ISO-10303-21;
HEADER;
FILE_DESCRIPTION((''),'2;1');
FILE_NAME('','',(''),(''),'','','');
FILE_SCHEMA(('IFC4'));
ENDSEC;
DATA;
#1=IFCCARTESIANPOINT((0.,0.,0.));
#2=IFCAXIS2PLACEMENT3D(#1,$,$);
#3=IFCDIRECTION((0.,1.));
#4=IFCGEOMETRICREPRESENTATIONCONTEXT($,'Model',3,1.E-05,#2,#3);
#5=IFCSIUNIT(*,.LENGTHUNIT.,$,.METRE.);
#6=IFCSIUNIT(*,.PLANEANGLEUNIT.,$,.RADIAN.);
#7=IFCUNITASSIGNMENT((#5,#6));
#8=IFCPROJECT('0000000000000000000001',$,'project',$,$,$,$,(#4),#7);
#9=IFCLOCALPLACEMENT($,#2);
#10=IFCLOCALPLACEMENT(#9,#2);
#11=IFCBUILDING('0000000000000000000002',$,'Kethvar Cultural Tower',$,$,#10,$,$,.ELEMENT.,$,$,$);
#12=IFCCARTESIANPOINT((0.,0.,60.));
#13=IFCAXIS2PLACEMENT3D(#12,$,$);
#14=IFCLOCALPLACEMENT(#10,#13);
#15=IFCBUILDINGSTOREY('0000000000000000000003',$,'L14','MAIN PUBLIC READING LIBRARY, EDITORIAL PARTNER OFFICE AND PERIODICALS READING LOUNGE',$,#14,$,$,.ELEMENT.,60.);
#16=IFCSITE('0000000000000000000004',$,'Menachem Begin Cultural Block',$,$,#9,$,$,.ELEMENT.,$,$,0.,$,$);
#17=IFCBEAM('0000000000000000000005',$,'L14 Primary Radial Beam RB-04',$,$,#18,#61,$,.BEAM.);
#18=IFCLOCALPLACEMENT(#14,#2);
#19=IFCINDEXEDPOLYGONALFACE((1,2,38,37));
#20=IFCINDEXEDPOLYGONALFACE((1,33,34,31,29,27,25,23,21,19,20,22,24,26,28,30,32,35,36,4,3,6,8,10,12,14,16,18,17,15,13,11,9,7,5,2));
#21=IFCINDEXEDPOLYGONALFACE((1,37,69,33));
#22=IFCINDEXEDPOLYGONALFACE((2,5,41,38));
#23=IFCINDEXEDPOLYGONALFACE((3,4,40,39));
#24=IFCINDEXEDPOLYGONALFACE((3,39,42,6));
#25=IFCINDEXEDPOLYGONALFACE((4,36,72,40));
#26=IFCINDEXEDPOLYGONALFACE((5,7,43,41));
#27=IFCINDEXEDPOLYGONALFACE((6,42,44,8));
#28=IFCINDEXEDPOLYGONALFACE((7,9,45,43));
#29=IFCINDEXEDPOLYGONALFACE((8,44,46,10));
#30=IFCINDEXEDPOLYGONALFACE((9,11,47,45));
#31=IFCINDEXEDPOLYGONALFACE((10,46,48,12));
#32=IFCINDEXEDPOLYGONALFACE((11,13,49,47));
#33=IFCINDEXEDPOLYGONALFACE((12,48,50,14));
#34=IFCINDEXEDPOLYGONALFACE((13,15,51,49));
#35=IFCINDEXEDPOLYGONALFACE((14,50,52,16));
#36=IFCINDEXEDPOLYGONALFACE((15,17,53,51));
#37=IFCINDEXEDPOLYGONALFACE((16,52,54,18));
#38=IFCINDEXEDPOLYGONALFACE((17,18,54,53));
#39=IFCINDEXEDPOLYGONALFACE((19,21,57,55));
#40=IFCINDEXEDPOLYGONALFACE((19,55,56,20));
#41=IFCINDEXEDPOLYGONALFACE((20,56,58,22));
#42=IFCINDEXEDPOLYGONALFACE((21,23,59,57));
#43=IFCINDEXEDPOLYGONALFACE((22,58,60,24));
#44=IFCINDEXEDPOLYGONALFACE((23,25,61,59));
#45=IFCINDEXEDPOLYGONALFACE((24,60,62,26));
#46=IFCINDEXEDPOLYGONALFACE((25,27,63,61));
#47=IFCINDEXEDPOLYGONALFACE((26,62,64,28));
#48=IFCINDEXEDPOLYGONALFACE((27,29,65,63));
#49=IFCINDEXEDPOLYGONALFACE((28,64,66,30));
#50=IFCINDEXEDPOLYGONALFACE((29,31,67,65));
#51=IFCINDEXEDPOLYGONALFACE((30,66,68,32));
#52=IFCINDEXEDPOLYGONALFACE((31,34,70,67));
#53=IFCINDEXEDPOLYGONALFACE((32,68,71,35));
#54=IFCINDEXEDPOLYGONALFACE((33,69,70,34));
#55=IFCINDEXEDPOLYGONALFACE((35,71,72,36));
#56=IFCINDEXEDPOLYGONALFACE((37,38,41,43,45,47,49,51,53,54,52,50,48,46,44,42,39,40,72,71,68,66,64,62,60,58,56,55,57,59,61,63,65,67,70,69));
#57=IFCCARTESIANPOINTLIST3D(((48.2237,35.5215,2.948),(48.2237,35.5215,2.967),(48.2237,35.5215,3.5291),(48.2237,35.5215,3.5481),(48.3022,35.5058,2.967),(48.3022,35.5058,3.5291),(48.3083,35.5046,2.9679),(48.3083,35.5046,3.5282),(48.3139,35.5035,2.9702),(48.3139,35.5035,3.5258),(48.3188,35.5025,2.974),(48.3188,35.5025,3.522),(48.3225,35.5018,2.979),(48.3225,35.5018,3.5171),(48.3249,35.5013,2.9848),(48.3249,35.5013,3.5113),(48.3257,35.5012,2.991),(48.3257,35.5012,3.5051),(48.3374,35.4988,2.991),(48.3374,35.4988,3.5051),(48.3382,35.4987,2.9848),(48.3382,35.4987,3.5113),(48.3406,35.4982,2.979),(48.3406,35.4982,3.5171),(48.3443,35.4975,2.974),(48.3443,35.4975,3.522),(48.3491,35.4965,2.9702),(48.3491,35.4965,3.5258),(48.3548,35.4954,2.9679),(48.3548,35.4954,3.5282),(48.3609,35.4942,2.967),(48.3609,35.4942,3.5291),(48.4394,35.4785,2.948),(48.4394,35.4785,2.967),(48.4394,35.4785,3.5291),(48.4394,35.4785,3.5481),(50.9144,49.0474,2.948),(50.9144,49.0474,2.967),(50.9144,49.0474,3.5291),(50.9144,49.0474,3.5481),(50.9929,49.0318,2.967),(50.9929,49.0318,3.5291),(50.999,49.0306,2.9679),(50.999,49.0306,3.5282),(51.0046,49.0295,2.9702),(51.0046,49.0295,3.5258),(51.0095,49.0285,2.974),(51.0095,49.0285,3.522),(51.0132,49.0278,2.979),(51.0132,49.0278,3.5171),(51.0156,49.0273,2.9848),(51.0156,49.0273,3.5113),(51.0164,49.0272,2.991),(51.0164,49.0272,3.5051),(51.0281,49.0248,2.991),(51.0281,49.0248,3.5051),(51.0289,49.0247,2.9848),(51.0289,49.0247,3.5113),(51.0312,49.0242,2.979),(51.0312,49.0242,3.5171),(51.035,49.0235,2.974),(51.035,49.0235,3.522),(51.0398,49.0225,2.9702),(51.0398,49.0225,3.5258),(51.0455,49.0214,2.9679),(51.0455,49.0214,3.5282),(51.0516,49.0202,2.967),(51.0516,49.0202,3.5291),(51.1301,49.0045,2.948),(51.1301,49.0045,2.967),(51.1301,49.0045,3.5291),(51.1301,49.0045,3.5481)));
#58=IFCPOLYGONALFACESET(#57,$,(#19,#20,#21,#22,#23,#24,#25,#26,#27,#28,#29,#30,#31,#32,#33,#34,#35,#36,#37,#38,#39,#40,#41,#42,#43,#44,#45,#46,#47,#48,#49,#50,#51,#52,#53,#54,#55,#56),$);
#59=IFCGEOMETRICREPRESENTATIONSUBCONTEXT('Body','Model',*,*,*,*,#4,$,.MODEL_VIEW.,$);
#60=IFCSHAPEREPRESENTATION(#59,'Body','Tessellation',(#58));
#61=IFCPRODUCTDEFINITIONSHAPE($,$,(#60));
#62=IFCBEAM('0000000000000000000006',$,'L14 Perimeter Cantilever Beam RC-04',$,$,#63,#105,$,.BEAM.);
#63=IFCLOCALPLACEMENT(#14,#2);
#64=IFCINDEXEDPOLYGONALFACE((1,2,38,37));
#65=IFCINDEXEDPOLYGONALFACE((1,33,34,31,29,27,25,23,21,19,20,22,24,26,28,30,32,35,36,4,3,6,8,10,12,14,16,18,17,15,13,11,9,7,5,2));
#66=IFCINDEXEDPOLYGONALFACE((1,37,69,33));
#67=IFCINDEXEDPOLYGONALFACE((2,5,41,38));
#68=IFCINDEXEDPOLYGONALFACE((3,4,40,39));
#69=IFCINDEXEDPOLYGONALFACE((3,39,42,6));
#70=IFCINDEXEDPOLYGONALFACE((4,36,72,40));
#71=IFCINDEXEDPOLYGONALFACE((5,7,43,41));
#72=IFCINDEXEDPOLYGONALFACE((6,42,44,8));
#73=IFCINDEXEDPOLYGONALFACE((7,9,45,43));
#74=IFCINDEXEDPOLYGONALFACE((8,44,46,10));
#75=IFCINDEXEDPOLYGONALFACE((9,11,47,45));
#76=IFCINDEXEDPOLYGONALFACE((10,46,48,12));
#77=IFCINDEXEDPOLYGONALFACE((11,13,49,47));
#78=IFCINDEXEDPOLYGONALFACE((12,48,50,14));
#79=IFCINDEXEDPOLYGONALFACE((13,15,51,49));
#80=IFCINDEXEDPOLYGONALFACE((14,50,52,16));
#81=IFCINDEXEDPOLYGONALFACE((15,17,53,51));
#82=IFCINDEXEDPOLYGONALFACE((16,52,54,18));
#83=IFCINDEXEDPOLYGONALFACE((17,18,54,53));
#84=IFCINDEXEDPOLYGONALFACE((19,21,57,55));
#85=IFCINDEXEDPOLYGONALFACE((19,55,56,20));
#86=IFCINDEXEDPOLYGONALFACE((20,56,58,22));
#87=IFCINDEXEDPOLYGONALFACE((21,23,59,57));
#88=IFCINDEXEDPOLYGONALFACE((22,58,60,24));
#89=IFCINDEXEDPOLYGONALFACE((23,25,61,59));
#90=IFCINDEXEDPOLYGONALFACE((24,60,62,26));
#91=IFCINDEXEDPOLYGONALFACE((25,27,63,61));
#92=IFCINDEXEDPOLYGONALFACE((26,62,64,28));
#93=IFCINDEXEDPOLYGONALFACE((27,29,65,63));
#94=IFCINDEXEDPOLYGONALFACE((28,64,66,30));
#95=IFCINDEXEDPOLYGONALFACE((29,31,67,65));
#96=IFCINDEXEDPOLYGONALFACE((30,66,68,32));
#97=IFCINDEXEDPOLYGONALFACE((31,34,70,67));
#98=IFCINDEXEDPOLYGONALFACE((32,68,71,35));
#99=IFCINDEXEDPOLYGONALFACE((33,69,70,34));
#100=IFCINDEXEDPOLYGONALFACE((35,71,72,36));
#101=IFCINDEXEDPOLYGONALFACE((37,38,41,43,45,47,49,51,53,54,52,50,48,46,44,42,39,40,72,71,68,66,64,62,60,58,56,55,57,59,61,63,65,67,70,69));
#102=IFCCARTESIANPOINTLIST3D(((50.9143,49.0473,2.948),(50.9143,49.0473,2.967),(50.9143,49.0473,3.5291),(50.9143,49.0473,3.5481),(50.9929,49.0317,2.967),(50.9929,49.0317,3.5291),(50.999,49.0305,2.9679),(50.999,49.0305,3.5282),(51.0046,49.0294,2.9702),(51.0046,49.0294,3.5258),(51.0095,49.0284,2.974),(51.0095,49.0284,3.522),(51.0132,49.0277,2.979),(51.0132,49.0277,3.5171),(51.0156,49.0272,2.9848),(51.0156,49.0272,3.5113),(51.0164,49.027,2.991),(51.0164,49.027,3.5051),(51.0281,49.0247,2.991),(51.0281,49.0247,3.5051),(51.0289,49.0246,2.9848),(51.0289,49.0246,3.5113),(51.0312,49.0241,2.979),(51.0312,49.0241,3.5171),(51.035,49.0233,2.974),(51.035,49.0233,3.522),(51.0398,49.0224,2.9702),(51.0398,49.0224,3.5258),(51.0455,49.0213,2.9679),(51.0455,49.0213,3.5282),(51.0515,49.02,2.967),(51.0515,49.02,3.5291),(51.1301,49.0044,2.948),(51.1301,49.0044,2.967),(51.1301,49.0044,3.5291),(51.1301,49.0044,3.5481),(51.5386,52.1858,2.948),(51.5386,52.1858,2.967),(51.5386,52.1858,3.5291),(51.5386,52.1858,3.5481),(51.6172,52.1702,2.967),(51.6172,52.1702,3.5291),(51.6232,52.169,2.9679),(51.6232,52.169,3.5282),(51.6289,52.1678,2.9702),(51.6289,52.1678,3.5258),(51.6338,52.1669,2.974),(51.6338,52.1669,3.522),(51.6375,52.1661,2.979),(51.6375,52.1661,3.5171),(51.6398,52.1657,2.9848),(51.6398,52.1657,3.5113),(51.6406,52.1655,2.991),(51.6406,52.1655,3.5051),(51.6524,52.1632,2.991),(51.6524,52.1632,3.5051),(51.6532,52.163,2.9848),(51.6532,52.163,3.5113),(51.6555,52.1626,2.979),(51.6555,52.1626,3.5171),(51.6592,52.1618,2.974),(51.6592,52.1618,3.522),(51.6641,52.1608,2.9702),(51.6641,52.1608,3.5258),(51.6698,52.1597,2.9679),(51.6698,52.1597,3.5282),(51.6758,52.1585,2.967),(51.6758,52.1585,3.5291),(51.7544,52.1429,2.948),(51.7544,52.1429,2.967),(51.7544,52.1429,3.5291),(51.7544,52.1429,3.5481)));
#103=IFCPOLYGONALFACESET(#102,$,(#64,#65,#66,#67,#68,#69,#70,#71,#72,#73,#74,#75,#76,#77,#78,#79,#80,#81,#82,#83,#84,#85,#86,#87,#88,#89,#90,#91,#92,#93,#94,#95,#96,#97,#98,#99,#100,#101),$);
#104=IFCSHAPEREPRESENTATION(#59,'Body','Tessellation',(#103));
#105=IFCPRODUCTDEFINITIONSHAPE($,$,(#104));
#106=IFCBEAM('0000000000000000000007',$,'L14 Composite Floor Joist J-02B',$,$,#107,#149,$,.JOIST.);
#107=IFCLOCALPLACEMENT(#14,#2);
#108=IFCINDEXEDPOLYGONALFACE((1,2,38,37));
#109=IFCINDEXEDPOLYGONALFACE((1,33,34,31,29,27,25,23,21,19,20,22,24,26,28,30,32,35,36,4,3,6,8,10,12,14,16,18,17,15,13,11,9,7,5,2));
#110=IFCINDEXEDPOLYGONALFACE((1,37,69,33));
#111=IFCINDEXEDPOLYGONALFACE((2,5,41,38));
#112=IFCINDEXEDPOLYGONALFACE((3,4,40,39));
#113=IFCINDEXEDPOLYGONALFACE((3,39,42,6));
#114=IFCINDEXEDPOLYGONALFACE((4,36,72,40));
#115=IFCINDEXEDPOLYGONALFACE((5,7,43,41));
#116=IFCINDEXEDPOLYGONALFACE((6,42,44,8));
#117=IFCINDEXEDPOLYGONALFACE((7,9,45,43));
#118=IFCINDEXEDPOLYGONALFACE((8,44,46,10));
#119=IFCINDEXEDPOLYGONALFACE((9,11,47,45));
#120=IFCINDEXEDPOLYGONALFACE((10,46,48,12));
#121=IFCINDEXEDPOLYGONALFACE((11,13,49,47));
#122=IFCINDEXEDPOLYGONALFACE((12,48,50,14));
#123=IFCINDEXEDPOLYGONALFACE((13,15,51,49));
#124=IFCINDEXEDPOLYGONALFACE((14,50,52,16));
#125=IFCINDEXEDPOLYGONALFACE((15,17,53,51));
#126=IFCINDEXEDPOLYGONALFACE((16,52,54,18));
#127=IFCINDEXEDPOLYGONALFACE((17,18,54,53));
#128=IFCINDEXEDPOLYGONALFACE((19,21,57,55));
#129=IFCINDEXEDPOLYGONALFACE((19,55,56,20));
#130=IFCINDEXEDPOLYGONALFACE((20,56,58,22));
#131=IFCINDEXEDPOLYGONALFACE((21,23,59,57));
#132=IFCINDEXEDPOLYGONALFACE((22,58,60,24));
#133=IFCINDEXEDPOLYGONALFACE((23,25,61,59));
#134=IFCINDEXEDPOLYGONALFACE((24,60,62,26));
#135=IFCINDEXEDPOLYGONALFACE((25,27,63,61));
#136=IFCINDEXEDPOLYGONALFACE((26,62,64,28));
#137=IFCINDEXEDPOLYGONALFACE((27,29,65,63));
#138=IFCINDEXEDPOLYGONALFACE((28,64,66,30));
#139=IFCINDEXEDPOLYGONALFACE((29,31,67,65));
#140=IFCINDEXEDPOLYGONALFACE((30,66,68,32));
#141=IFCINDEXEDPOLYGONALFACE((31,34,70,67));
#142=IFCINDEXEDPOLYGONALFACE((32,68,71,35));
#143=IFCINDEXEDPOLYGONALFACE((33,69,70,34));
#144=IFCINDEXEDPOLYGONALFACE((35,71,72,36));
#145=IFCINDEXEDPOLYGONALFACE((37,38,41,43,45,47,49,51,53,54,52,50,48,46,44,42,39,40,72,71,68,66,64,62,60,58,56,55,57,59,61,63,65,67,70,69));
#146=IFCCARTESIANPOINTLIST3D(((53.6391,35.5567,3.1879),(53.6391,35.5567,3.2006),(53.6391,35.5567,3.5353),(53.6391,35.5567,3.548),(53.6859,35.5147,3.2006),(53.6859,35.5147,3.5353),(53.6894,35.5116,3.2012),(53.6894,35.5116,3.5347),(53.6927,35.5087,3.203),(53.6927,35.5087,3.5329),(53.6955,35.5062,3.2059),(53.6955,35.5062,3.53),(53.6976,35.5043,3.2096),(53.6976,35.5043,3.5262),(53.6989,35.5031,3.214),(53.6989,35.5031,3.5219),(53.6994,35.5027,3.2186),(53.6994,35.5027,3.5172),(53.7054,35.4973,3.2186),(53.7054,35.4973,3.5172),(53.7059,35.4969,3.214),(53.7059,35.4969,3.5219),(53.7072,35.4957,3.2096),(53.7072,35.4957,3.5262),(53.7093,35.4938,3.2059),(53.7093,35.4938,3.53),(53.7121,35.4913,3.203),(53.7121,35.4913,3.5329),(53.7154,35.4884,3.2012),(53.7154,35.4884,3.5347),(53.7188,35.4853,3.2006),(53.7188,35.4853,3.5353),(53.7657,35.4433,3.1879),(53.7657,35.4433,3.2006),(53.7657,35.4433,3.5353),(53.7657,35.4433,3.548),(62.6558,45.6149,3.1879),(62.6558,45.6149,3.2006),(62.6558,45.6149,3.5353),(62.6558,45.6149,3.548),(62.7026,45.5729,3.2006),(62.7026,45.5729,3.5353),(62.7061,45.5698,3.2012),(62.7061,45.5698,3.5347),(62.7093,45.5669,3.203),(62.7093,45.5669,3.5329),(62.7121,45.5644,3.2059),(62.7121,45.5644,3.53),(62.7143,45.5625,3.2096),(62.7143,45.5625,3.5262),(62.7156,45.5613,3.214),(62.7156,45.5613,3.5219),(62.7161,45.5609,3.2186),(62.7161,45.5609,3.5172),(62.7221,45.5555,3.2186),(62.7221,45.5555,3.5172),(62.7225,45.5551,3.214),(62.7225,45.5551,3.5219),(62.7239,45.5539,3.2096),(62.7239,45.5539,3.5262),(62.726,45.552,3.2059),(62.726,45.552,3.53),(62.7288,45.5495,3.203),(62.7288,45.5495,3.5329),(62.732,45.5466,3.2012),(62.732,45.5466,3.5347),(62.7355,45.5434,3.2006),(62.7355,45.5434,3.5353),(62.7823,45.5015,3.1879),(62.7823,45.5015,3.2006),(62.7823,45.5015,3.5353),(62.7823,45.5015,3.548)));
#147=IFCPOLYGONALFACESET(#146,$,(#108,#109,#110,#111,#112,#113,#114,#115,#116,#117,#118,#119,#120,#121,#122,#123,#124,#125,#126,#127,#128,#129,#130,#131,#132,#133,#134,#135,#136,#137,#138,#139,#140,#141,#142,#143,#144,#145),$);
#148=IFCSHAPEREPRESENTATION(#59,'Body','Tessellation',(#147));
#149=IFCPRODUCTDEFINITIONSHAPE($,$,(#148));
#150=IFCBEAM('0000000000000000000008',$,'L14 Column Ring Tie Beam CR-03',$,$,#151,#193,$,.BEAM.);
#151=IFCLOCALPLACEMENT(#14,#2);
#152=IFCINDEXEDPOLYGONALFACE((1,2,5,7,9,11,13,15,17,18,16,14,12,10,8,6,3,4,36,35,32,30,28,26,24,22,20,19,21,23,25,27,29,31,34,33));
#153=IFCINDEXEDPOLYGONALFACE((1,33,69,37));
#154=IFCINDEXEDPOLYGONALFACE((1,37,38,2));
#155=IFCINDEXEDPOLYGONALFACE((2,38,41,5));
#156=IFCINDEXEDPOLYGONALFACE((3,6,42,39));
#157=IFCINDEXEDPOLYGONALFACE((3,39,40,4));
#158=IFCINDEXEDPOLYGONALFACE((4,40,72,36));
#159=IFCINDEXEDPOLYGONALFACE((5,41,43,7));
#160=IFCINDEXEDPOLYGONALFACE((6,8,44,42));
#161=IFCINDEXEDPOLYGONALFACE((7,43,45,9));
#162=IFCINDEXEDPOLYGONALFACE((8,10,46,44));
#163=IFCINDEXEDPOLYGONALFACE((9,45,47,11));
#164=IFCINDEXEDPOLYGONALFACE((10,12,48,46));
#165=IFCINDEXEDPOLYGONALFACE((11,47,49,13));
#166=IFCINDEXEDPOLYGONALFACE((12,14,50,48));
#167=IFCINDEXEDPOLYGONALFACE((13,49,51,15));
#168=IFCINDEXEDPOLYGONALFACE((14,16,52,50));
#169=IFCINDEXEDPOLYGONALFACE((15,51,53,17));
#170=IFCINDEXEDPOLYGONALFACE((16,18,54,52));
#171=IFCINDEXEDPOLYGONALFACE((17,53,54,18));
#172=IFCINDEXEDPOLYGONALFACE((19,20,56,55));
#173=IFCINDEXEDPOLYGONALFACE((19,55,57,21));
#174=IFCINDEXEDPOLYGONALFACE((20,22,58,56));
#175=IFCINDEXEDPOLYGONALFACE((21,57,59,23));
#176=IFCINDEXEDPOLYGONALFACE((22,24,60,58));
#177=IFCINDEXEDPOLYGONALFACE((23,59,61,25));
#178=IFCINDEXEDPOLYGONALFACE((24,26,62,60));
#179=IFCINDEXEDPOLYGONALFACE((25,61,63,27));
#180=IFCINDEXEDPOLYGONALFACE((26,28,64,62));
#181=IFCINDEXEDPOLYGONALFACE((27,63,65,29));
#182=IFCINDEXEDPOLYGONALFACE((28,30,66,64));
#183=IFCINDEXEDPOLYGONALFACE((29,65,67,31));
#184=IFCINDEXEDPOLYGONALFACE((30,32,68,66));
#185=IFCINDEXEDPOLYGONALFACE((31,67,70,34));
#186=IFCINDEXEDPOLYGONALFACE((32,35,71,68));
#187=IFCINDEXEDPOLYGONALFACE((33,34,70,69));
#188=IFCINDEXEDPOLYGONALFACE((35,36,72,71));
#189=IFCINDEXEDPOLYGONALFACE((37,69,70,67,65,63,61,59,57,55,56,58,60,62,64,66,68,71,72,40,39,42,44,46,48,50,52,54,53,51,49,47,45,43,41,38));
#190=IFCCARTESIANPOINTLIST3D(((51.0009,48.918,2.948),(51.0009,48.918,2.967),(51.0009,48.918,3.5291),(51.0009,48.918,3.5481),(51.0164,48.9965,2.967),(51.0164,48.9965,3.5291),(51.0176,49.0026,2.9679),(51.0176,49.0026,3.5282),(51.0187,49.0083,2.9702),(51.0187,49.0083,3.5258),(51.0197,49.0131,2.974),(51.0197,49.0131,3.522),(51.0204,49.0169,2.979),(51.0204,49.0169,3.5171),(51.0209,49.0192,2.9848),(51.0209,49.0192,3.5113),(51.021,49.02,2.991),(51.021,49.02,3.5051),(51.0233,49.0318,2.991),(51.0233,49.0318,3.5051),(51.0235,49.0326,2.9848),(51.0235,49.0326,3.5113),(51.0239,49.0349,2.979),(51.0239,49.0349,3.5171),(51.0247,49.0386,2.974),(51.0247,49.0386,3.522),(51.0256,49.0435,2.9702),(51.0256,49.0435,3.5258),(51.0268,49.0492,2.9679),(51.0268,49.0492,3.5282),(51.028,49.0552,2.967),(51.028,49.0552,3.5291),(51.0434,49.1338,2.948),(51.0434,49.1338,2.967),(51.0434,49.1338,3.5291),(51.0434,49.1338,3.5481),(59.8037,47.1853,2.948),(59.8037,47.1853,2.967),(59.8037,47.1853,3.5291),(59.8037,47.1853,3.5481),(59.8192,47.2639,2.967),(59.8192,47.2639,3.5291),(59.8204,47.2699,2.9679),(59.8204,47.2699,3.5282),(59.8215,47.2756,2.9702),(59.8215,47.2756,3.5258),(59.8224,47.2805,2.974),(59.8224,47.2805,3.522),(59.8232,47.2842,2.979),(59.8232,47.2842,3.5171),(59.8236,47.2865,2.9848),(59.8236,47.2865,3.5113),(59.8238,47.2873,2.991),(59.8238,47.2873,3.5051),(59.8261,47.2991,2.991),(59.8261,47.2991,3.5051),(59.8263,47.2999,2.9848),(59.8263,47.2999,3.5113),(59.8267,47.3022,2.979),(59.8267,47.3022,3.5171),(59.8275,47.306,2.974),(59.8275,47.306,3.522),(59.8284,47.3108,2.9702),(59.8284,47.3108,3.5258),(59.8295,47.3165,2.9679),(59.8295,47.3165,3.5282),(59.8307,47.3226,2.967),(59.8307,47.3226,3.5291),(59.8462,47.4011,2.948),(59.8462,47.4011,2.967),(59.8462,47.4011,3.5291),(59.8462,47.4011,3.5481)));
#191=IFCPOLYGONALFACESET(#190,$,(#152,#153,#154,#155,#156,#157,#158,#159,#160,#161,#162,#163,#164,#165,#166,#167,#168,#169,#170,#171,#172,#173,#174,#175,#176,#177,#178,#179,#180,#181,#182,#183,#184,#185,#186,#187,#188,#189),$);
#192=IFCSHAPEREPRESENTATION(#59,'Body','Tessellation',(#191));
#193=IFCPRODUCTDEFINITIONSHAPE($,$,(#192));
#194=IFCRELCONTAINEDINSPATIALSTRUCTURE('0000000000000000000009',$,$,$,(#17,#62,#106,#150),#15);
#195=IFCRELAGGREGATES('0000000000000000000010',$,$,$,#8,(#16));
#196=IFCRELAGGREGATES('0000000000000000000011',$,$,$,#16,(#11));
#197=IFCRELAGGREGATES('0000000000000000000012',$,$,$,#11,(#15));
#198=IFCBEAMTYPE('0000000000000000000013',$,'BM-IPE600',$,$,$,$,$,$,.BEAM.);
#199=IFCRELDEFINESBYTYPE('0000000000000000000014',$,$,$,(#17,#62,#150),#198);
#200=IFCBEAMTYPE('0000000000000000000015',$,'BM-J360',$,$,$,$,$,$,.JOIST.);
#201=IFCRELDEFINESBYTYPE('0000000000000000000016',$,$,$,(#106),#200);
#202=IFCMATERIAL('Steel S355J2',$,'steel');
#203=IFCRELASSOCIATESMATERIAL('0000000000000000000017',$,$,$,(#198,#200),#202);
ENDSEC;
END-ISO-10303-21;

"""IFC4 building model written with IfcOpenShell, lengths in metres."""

from ifc_helpers import new_model, si_unit, direction, frame, origin, origin_2d, place, context, subcontext, project, spatial, i_section, extrude, source, transform, mapped, material, material_profile, profile_set, type_object, element, save


model = new_model("IFC4")

# Units and contexts
model_context = context("Model", 3, precision=1e-05, world=origin(), true_north=direction((0.0, 1.0)))
body_context = subcontext(model_context, "Body", "Model", "MODEL_VIEW")
ifc_project = project(units=[si_unit("LENGTHUNIT", "METRE"), si_unit("PLANEANGLEUNIT", "RADIAN")], contexts=[model_context])

# Site, building, storey
site_placement = place(None, origin())
site = spatial("IfcSite", under=ifc_project, at=site_placement, Name="Menachem Begin Cultural Block", CompositionType="ELEMENT", RefElevation=0.0)
building_placement = place(site_placement, origin())
building = spatial("IfcBuilding", under=site, at=building_placement, Name="Kethvar Cultural Tower", CompositionType="ELEMENT")
storey_placement = place(building_placement, frame((0.0, 0.0, 60.0)))
storey = spatial("IfcBuildingStorey", under=building, at=storey_placement, Name="L14", Description="MAIN PUBLIC READING LIBRARY, EDITORIAL PARTNER OFFICE AND PERIODICALS READING LOUNGE", CompositionType="ELEMENT", Elevation=60.0)

# Beams
ifc_material_1 = material(Name="Steel S355J2", Category="steel")
ifc_material_profile_1 = material_profile(ifc_material_1, i_section(OverallWidth=0.22, OverallDepth=0.6001, WebThickness=0.012, FlangeThickness=0.019, FilletRadius=0.0239, at=origin_2d()), Name="Steel S355J2 — IPE600")
ifc_profile_set_1 = profile_set([ifc_material_profile_1], Name="Steel S355J2 — IPE600")
beam_type_1 = type_object("IfcBeamType", Name="BM-IPE600", PredefinedType="BEAM", material=ifc_profile_set_1)
shared_shape_1 = source(origin(), body_context, "Body", "SweptSolid", [
    extrude(i_section(OverallWidth=0.22, OverallDepth=0.6001, WebThickness=0.012, FlangeThickness=0.019, FilletRadius=0.0239, at=origin_2d()), origin(), (0.0, 0.0, 1.0), 13.791),
])
beam_1_placement = place(storey_placement, frame((48.3315, 35.5, 3.248), z_axis=(0.195105, 0.980782, 0.0), x_axis=(-0.980782, 0.195105, 0.0)))
element("IfcBeam", 1, at=beam_1_placement, inside=storey, type_object=beam_type_1, Name="L14 Primary Radial Beam RB-04", PredefinedType="BEAM", context=body_context, shape_type="MappedRepresentation", body=[
    mapped(shared_shape_1, transform((0.0, 0.0, 0.0), scale=1.0)),
])
shared_shape_2 = source(origin(), body_context, "Body", "SweptSolid", [
    extrude(i_section(OverallWidth=0.22, OverallDepth=0.6001, WebThickness=0.012, FlangeThickness=0.019, FilletRadius=0.0239, at=origin_2d()), origin(), (0.0, 0.0, 1.0), 3.2),
])
beam_2_placement = place(storey_placement, frame((51.0222, 49.0259, 3.248), z_axis=(0.195089, 0.980786, 0.0), x_axis=(-0.980786, 0.195089, 0.0)))
element("IfcBeam", 2, at=beam_2_placement, inside=storey, type_object=beam_type_1, Name="L14 Perimeter Cantilever Beam RC-04", PredefinedType="BEAM", context=body_context, shape_type="MappedRepresentation", body=[
    mapped(shared_shape_2, transform((0.0, 0.0, 0.0), scale=1.0)),
])
ifc_material_profile_2 = material_profile(ifc_material_1, i_section(OverallWidth=0.1699, OverallDepth=0.3601, WebThickness=0.0081, FlangeThickness=0.0127, FilletRadius=0.0181, at=origin_2d()), Name="Steel S355J2 — IPE360")
ifc_profile_set_2 = profile_set([ifc_material_profile_2], Name="Steel S355J2 — IPE360")
beam_type_2 = type_object("IfcBeamType", Name="BM-J360", PredefinedType="JOIST", material=ifc_profile_set_2)
shared_shape_3 = source(origin(), body_context, "Body", "SweptSolid", [
    extrude(i_section(OverallWidth=0.1699, OverallDepth=0.3601, WebThickness=0.0081, FlangeThickness=0.0127, FilletRadius=0.0181, at=origin_2d()), origin(), (0.0, 0.0, 1.0), 13.5081),
])
beam_3_placement = place(storey_placement, frame((53.7024, 35.5, 3.3679), z_axis=(0.667504, 0.744607, 0.0), x_axis=(-0.744607, 0.667504, 0.0)))
element("IfcBeam", 3, at=beam_3_placement, inside=storey, type_object=beam_type_2, Name="L14 Composite Floor Joist J-02B", PredefinedType="JOIST", context=body_context, shape_type="MappedRepresentation", body=[
    mapped(shared_shape_3, transform((0.0, 0.0, 0.0), scale=1.0)),
])
shared_shape_4 = source(origin(), body_context, "Body", "SweptSolid", [
    extrude(i_section(OverallWidth=0.22, OverallDepth=0.6001, WebThickness=0.012, FlangeThickness=0.019, FilletRadius=0.0239, at=origin_2d()), origin(), (0.0, 0.0, 1.0), 8.9717),
])
beam_4_placement = place(storey_placement, frame((59.825, 47.2932, 3.248), z_axis=(-0.981174, 0.193127, 0.0), x_axis=(-0.193127, -0.981174, 0.0)))
element("IfcBeam", 4, at=beam_4_placement, inside=storey, type_object=beam_type_1, Name="L14 Column Ring Tie Beam CR-03", PredefinedType="BEAM", context=body_context, shape_type="MappedRepresentation", body=[
    mapped(shared_shape_4, transform((0.0, 0.0, 0.0), scale=1.0)),
])

save(model, "model.ifc")
